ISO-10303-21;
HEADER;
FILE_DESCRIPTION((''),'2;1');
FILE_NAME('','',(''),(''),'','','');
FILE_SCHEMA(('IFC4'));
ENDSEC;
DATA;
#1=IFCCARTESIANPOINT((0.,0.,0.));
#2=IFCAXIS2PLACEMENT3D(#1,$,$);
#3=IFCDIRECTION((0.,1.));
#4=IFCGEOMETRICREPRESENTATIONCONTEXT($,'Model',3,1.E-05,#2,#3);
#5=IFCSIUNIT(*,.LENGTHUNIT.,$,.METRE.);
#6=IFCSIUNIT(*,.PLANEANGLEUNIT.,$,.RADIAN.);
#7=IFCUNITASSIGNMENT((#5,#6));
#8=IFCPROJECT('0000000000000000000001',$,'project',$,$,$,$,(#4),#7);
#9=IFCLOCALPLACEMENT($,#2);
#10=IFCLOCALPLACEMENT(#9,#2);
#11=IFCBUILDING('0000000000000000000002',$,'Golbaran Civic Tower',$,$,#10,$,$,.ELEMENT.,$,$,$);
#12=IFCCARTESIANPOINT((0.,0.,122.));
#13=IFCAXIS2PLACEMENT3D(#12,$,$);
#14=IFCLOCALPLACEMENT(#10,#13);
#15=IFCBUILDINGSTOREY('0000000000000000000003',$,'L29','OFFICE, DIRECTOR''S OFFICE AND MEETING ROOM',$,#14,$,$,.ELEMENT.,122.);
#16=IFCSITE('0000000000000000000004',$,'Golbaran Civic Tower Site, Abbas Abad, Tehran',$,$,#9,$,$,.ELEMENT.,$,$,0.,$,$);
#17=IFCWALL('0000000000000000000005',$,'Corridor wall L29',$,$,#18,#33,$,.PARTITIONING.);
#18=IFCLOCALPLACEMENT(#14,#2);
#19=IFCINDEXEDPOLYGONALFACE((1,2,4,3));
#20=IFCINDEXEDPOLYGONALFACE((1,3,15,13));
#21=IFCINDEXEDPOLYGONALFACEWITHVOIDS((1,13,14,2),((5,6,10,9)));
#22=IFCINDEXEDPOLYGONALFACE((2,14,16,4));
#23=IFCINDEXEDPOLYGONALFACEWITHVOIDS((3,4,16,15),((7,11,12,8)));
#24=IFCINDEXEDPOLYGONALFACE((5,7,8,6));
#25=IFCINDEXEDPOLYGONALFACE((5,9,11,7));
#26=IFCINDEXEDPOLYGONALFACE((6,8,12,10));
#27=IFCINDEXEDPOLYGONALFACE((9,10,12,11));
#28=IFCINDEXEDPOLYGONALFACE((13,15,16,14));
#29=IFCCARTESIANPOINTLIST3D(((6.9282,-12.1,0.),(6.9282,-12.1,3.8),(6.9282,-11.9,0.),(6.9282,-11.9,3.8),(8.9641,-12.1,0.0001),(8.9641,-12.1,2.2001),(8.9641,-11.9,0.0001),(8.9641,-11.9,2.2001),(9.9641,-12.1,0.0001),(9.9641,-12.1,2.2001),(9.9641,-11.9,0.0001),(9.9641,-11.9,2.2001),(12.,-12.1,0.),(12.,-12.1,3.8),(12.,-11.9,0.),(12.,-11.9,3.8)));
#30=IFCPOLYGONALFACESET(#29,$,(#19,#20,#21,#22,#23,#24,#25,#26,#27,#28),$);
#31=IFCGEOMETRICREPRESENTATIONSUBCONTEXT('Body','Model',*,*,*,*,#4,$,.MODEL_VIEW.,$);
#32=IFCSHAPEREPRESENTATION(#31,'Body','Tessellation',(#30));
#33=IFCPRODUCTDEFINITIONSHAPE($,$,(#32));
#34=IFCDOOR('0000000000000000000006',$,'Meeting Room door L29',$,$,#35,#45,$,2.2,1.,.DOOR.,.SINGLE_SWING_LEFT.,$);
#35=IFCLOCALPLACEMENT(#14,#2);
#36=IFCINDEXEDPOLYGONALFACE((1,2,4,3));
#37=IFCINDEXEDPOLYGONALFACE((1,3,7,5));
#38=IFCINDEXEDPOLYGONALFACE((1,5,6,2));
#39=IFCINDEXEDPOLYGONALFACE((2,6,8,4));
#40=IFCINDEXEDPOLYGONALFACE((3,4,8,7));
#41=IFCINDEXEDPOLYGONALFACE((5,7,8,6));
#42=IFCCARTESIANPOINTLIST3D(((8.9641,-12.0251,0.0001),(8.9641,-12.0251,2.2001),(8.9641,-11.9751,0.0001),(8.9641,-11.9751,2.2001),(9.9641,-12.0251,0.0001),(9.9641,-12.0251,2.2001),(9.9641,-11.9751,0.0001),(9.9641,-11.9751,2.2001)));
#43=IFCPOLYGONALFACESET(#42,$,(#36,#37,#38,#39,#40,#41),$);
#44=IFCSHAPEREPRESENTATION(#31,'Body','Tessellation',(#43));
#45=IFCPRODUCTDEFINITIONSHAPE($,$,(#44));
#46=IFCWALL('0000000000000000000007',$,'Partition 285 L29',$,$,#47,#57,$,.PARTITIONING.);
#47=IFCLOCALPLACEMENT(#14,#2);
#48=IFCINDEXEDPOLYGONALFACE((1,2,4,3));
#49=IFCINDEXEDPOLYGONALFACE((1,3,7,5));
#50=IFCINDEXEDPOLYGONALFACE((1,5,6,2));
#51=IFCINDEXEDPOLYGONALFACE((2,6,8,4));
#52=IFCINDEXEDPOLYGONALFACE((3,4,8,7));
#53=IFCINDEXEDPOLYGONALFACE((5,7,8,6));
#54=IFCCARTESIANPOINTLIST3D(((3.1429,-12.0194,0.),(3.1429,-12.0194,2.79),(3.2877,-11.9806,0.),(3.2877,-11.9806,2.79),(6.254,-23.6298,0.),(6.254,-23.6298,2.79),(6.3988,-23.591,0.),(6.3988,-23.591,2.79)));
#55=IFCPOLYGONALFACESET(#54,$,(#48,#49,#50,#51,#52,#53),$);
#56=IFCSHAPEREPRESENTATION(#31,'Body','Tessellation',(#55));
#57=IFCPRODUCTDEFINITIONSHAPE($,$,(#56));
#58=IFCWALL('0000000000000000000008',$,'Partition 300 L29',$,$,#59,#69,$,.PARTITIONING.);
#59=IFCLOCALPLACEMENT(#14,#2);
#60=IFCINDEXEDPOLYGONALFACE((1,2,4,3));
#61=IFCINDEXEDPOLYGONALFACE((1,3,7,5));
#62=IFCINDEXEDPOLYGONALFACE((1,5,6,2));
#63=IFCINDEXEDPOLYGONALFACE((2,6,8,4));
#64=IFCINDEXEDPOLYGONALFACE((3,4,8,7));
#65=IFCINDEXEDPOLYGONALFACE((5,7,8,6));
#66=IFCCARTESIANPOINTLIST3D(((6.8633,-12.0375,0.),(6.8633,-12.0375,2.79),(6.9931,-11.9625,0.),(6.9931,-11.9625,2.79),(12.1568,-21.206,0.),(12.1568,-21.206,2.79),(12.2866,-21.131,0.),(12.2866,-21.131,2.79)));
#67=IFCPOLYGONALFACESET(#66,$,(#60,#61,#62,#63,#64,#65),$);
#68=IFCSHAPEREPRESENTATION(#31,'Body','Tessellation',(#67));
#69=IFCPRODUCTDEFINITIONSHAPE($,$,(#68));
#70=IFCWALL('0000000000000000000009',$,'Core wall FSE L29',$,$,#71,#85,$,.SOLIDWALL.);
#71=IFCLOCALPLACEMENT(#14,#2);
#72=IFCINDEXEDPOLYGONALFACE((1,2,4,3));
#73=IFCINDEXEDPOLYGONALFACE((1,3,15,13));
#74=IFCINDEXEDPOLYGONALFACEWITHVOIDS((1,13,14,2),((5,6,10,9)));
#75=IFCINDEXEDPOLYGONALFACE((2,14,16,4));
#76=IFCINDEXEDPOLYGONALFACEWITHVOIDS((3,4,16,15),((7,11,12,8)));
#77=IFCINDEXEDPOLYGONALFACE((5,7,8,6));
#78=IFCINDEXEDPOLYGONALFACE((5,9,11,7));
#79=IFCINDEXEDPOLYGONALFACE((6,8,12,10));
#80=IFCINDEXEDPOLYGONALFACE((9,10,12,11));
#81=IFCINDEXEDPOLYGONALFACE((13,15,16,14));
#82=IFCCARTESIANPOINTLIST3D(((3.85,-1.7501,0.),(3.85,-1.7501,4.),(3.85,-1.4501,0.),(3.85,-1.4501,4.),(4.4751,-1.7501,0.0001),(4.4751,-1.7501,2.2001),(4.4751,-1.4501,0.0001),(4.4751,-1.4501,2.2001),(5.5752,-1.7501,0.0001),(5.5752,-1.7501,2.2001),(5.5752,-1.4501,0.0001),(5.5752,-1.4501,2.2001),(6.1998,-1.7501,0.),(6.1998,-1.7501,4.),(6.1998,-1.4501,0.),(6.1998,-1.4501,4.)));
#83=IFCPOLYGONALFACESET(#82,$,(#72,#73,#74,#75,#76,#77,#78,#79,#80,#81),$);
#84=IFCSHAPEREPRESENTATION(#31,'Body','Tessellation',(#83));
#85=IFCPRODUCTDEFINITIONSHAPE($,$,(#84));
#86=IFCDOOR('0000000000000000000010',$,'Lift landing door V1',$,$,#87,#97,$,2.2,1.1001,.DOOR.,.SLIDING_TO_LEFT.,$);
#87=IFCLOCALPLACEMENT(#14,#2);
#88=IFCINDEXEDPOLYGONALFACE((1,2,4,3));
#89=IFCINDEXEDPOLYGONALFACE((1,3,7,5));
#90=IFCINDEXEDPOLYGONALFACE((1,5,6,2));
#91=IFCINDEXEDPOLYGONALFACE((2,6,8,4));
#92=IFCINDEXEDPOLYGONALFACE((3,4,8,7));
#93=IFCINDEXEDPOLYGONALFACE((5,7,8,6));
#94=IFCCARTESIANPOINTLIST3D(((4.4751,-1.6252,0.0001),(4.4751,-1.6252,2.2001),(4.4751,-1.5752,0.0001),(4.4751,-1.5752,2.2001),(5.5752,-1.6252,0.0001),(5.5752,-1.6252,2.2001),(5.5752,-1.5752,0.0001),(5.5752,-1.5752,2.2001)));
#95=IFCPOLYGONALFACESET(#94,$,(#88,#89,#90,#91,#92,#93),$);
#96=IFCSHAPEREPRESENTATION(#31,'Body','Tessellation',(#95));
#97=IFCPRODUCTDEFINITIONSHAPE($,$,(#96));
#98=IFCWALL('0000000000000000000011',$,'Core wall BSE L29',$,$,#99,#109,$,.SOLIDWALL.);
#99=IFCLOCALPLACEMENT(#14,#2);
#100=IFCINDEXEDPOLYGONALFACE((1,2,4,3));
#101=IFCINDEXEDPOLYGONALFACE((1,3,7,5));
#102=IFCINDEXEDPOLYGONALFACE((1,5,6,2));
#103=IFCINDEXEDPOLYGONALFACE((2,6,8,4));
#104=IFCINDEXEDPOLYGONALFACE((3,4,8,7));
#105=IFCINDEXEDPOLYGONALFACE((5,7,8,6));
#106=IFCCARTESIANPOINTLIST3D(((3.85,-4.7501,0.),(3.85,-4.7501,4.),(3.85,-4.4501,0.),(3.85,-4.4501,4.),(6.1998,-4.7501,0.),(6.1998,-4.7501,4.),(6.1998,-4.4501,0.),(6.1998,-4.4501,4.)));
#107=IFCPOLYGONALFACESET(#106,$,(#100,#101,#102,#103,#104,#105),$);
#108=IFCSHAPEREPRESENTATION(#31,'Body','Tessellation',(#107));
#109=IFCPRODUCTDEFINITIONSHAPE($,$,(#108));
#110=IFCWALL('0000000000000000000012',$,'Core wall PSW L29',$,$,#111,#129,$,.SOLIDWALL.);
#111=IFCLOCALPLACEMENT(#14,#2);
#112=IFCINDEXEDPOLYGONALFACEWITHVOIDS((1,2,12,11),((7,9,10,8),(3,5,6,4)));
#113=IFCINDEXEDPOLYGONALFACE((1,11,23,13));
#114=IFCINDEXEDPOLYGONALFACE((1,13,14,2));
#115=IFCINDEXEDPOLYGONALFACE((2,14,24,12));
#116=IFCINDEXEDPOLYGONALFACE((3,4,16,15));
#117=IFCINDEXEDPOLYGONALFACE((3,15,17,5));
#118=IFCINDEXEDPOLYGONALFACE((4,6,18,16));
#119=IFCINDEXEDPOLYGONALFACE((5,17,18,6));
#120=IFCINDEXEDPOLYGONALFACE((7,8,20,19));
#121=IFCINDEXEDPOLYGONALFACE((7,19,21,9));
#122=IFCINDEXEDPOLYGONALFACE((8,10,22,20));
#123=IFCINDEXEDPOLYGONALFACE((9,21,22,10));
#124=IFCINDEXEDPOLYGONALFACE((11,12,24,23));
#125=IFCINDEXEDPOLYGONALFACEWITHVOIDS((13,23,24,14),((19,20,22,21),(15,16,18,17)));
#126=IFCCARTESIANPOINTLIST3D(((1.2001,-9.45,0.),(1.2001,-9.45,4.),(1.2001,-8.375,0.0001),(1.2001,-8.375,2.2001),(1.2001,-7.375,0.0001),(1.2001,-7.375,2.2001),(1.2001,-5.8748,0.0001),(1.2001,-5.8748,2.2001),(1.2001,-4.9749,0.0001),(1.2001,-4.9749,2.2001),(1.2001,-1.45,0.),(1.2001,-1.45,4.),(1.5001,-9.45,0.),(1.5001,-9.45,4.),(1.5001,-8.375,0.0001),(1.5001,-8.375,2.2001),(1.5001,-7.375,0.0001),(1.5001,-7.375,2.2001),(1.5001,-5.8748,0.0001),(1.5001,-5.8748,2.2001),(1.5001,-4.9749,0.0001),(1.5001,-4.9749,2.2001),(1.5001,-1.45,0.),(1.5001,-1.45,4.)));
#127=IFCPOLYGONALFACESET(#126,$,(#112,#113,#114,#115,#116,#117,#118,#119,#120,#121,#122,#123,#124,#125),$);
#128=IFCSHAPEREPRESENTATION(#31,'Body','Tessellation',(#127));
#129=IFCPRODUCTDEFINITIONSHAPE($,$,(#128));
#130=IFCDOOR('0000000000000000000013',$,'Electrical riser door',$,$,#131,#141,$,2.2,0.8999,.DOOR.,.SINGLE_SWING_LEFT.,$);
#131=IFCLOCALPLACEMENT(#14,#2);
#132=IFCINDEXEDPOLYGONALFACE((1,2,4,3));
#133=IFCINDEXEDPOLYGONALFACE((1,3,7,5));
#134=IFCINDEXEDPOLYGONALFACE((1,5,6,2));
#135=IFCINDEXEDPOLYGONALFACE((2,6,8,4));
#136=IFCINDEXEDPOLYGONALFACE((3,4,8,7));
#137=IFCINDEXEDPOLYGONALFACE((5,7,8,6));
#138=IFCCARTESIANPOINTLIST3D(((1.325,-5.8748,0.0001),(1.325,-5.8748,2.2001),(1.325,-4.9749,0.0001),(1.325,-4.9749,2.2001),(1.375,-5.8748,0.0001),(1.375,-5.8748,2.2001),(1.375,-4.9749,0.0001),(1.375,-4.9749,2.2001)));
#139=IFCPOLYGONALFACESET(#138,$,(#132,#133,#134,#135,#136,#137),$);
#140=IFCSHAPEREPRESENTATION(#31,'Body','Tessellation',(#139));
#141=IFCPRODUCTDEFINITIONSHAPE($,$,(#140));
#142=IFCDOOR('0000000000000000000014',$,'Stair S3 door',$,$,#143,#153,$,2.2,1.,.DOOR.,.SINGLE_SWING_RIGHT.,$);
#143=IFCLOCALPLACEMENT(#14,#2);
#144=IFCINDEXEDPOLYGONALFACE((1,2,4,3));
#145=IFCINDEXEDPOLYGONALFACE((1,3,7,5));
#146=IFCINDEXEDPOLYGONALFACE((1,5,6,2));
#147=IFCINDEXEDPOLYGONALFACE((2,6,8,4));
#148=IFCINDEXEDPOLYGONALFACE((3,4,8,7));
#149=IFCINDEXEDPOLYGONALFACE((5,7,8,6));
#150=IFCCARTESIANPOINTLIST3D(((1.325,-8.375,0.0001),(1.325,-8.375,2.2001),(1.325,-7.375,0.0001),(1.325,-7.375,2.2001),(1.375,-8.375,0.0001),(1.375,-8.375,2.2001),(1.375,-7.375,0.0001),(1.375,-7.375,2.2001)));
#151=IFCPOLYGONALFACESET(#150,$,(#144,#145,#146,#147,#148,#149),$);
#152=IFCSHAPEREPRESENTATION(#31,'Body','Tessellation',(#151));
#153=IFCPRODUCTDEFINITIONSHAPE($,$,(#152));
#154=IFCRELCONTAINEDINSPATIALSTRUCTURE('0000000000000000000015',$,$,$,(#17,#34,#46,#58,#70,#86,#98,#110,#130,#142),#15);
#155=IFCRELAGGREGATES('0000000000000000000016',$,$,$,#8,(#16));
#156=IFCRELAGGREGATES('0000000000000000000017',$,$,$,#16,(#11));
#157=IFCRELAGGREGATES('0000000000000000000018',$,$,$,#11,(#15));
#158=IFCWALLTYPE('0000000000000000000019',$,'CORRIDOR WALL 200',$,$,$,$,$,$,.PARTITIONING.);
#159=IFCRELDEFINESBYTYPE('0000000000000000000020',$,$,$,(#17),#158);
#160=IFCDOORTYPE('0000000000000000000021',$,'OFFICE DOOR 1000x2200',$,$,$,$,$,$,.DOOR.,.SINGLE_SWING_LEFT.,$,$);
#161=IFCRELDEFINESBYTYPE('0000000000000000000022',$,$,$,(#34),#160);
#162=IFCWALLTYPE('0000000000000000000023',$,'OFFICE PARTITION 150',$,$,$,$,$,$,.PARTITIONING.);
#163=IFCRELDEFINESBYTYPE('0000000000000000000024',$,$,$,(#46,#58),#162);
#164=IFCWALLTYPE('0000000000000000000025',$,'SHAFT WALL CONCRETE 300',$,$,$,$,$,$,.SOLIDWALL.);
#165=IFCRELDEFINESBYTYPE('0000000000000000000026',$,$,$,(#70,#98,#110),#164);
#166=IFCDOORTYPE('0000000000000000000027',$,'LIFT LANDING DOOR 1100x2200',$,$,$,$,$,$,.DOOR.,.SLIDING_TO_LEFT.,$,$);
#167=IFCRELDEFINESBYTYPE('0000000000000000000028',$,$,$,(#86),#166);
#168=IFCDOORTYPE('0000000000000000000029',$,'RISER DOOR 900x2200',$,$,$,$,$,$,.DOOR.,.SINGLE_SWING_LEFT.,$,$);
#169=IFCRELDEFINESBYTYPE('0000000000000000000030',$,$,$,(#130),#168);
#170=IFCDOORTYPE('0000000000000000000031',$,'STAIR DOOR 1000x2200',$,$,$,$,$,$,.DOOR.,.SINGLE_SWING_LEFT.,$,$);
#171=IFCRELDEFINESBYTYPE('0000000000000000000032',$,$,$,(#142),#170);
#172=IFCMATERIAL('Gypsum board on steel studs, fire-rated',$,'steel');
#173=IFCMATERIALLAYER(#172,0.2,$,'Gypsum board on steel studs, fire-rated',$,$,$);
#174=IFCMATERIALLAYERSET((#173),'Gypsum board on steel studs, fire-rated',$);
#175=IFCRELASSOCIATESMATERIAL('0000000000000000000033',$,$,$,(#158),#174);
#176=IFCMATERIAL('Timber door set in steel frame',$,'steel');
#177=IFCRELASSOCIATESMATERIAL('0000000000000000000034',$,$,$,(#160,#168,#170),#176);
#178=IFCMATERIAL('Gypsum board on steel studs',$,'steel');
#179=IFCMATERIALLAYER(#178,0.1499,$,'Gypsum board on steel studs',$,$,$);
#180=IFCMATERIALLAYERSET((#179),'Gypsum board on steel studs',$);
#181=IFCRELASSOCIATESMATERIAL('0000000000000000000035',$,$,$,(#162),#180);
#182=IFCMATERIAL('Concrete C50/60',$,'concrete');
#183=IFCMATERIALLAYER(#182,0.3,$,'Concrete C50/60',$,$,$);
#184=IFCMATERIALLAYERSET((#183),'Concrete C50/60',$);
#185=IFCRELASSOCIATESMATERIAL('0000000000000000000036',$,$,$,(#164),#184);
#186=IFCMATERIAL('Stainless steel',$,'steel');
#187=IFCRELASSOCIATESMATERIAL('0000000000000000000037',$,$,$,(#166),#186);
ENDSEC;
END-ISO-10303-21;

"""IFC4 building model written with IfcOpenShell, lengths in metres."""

from ifc_helpers import new_model, si_unit, direction, frame, frame_2d, origin, place, context, subcontext, project, spatial, rectangle, extrude, material, layer, layer_set, type_object, element, fill, save


model = new_model("IFC4")

# Units and contexts
model_context = context("Model", 3, precision=1e-05, world=origin(), true_north=direction((0.0, 1.0)))
body_context = subcontext(model_context, "Body", "Model", "MODEL_VIEW")
ifc_project = project(units=[si_unit("LENGTHUNIT", "METRE"), si_unit("PLANEANGLEUNIT", "RADIAN")], contexts=[model_context])

# Site, building, storey
site_placement = place(None, origin())
site = spatial("IfcSite", under=ifc_project, at=site_placement, Name="Golbaran Civic Tower Site, Abbas Abad, Tehran", CompositionType="ELEMENT", RefElevation=0.0)
building_placement = place(site_placement, origin())
building = spatial("IfcBuilding", under=site, at=building_placement, Name="Golbaran Civic Tower", CompositionType="ELEMENT")
storey_placement = place(building_placement, frame((0.0, 0.0, 122.0)))
storey = spatial("IfcBuildingStorey", under=building, at=storey_placement, Name="L29", Description="OFFICE, DIRECTOR'S OFFICE AND MEETING ROOM", CompositionType="ELEMENT", Elevation=122.0)

# Shared definitions
ifc_material_1 = material(Name="Concrete C50/60", Category="concrete")

# Wall, opening, door
ifc_material_2 = material(Name="Gypsum board on steel studs, fire-rated", Category="steel")
ifc_layer_1 = layer(ifc_material_2, 0.2, Name="Gypsum board on steel studs, fire-rated")
ifc_layer_set_1 = layer_set([ifc_layer_1], Name="Gypsum board on steel studs, fire-rated")
wall_type_1 = type_object("IfcWallType", Name="CORRIDOR WALL 200", PredefinedType="PARTITIONING", material=ifc_layer_set_1)
ifc_material_3 = material(Name="Timber door set in steel frame", Category="steel")
door_type_1 = type_object("IfcDoorType", Name="OFFICE DOOR 1000x2200", OperationType="SINGLE_SWING_LEFT", PredefinedType="DOOR", material=ifc_material_3)
wall_1_placement = place(storey_placement, frame((6.9282, -12.0, 0.0), z_axis=(0.0, 0.0, 1.0), x_axis=(1.0, 0.0, 0.0)))
wall_1 = element("IfcWall", 1, at=wall_1_placement, inside=storey, type_object=wall_type_1, Name="Corridor wall L29", PredefinedType="PARTITIONING", context=body_context, shape_type="SweptSolid", body=[
    extrude(rectangle(XDim=5.0718, YDim=0.2, at=frame_2d((2.5359, 0.0))), origin(), (0.0, 0.0, 1.0), 3.8),
])
opening_1_placement = place(wall_1_placement, frame((2.0359, 0.0, 0.0)))
opening_1 = element("IfcOpeningElement", 2, at=opening_1_placement, cuts=wall_1, PredefinedType="OPENING", context=body_context, shape_type="SweptSolid", body=[
    extrude(rectangle(XDim=1.0, YDim=2.2, at=frame_2d((0.5, 1.1001))), frame((0.0, 0.1099, 0.0), z_axis=(0.0, -1.0, 0.0), x_axis=(1.0, 0.0, 0.0)), (0.0, 0.0, 1.0), 0.22),
])
door_1_placement = place(opening_1_placement, origin())
door_1 = element("IfcDoor", 3, at=door_1_placement, inside=storey, type_object=door_type_1, Name="Meeting Room door L29", OperationType="SINGLE_SWING_LEFT", OverallHeight=2.2, OverallWidth=1.0, PredefinedType="DOOR", context=body_context, shape_type="SweptSolid", body=[
    extrude(rectangle(XDim=1.0, YDim=2.2, at=frame_2d((0.5, 1.1001))), frame((0.0, 0.0249, 0.0), z_axis=(0.0, -1.0, 0.0), x_axis=(1.0, 0.0, 0.0)), (0.0, 0.0, 1.0), 0.05),
])
fill(opening_1, door_1)

# Walls
ifc_material_4 = material(Name="Gypsum board on steel studs", Category="steel")
ifc_layer_2 = layer(ifc_material_4, 0.1499, Name="Gypsum board on steel studs")
ifc_layer_set_2 = layer_set([ifc_layer_2], Name="Gypsum board on steel studs")
wall_type_2 = type_object("IfcWallType", Name="OFFICE PARTITION 150", PredefinedType="PARTITIONING", material=ifc_layer_set_2)
wall_2_placement = place(storey_placement, frame((3.2153, -12.0, 0.0), z_axis=(0.0, 0.0, 1.0), x_axis=(0.258827, -0.965924, 0.0)))
element("IfcWall", 4, at=wall_2_placement, inside=storey, type_object=wall_type_2, Name="Partition 285 L29", PredefinedType="PARTITIONING", context=body_context, shape_type="SweptSolid", body=[
    extrude(rectangle(XDim=12.02, YDim=0.1499, at=frame_2d((6.01, 0.0))), origin(), (0.0, 0.0, 1.0), 2.79),
])
wall_3_placement = place(storey_placement, frame((6.9282, -12.0, 0.0), z_axis=(0.0, 0.0, 1.0), x_axis=(0.500003, -0.866024, 0.0)))
element("IfcWall", 5, at=wall_3_placement, inside=storey, type_object=wall_type_2, Name="Partition 300 L29", PredefinedType="PARTITIONING", context=body_context, shape_type="SweptSolid", body=[
    extrude(rectangle(XDim=10.5869, YDim=0.1499, at=frame_2d((5.2935, 0.0))), origin(), (0.0, 0.0, 1.0), 2.79),
])

# Wall, opening, door
ifc_layer_3 = layer(ifc_material_1, 0.3, Name="Concrete C50/60")
ifc_layer_set_3 = layer_set([ifc_layer_3], Name="Concrete C50/60")
wall_type_3 = type_object("IfcWallType", Name="SHAFT WALL CONCRETE 300", PredefinedType="SOLIDWALL", material=ifc_layer_set_3)
wall_4_placement = place(storey_placement, frame((3.8501, -1.6001, 0.0), z_axis=(0.0, 0.0, 1.0), x_axis=(1.0, 0.0, 0.0)))
wall_4 = element("IfcWall", 6, at=wall_4_placement, inside=storey, type_object=wall_type_3, Name="Core wall FSE L29", PredefinedType="SOLIDWALL", context=body_context, shape_type="SweptSolid", body=[
    extrude(rectangle(XDim=2.3499, YDim=0.3, at=frame_2d((1.1748, 0.0))), origin(), (0.0, 0.0, 1.0), 4.0),
])
opening_2_placement = place(wall_4_placement, frame((0.625, 0.0, 0.0)))
opening_2 = element("IfcOpeningElement", 7, at=opening_2_placement, cuts=wall_4, PredefinedType="OPENING", context=body_context, shape_type="SweptSolid", body=[
    extrude(rectangle(XDim=1.1001, YDim=2.2, at=frame_2d((0.55, 1.1001))), frame((0.0, 0.1599, 0.0), z_axis=(0.0, -1.0, 0.0), x_axis=(1.0, 0.0, 0.0)), (0.0, 0.0, 1.0), 0.3201),
])
ifc_material_5 = material(Name="Stainless steel", Category="steel")
door_type_2 = type_object("IfcDoorType", Name="LIFT LANDING DOOR 1100x2200", OperationType="SLIDING_TO_LEFT", PredefinedType="DOOR", material=ifc_material_5)
door_2_placement = place(opening_2_placement, origin())
door_2 = element("IfcDoor", 8, at=door_2_placement, inside=storey, type_object=door_type_2, Name="Lift landing door V1", OperationType="SLIDING_TO_LEFT", OverallHeight=2.2, OverallWidth=1.1001, PredefinedType="DOOR", context=body_context, shape_type="SweptSolid", body=[
    extrude(rectangle(XDim=1.1001, YDim=2.2, at=frame_2d((0.55, 1.1001))), frame((0.0, 0.0249, 0.0), z_axis=(0.0, -1.0, 0.0), x_axis=(1.0, 0.0, 0.0)), (0.0, 0.0, 1.0), 0.05),
])
fill(opening_2, door_2)

# Wall
wall_5_placement = place(storey_placement, frame((3.8501, -4.6001, 0.0), z_axis=(0.0, 0.0, 1.0), x_axis=(1.0, 0.0, 0.0)))
element("IfcWall", 9, at=wall_5_placement, inside=storey, type_object=wall_type_3, Name="Core wall BSE L29", PredefinedType="SOLIDWALL", context=body_context, shape_type="SweptSolid", body=[
    extrude(rectangle(XDim=2.3499, YDim=0.3, at=frame_2d((1.1748, 0.0))), origin(), (0.0, 0.0, 1.0), 4.0),
])

# Wall, openings, doors
wall_6_placement = place(storey_placement, frame((1.3501, -1.45, 0.0), z_axis=(0.0, 0.0, 1.0), x_axis=(0.0, -1.0, 0.0)))
wall_6 = element("IfcWall", 10, at=wall_6_placement, inside=storey, type_object=wall_type_3, Name="Core wall PSW L29", PredefinedType="SOLIDWALL", context=body_context, shape_type="SweptSolid", body=[
    extrude(rectangle(XDim=8.0, YDim=0.3, at=frame_2d((4.0, 0.0))), origin(), (0.0, 0.0, 1.0), 4.0),
])
opening_3_placement = place(wall_6_placement, frame((5.925, 0.0, 0.0)))
opening_3 = element("IfcOpeningElement", 11, at=opening_3_placement, cuts=wall_6, PredefinedType="OPENING", context=body_context, shape_type="SweptSolid", body=[
    extrude(rectangle(XDim=1.0, YDim=2.2, at=frame_2d((0.5, 1.1001))), frame((0.0, 0.1599, 0.0), z_axis=(0.0, -1.0, 0.0), x_axis=(1.0, 0.0, 0.0)), (0.0, 0.0, 1.0), 0.3201),
])
opening_4_placement = place(wall_6_placement, frame((3.5249, 0.0, 0.0)))
opening_4 = element("IfcOpeningElement", 12, at=opening_4_placement, cuts=wall_6, PredefinedType="OPENING", context=body_context, shape_type="SweptSolid", body=[
    extrude(rectangle(XDim=0.8999, YDim=2.2, at=frame_2d((0.45, 1.1001))), frame((0.0, 0.1599, 0.0), z_axis=(0.0, -1.0, 0.0), x_axis=(1.0, 0.0, 0.0)), (0.0, 0.0, 1.0), 0.3201),
])
door_type_3 = type_object("IfcDoorType", Name="RISER DOOR 900x2200", OperationType="SINGLE_SWING_LEFT", PredefinedType="DOOR", material=ifc_material_3)
door_3_placement = place(opening_4_placement, origin())
door_3 = element("IfcDoor", 13, at=door_3_placement, inside=storey, type_object=door_type_3, Name="Electrical riser door", OperationType="SINGLE_SWING_LEFT", OverallHeight=2.2, OverallWidth=0.8999, PredefinedType="DOOR", context=body_context, shape_type="SweptSolid", body=[
    extrude(rectangle(XDim=0.8999, YDim=2.2, at=frame_2d((0.45, 1.1001))), frame((0.0, 0.0249, 0.0), z_axis=(0.0, -1.0, 0.0), x_axis=(1.0, 0.0, 0.0)), (0.0, 0.0, 1.0), 0.05),
])
fill(opening_4, door_3)
door_type_4 = type_object("IfcDoorType", Name="STAIR DOOR 1000x2200", OperationType="SINGLE_SWING_LEFT", PredefinedType="DOOR", material=ifc_material_3)
door_4_placement = place(opening_3_placement, origin())
door_4 = element("IfcDoor", 14, at=door_4_placement, inside=storey, type_object=door_type_4, Name="Stair S3 door", OperationType="SINGLE_SWING_RIGHT", OverallHeight=2.2, OverallWidth=1.0, PredefinedType="DOOR", context=body_context, shape_type="SweptSolid", body=[
    extrude(rectangle(XDim=1.0, YDim=2.2, at=frame_2d((0.5, 1.1001))), frame((0.0, 0.0249, 0.0), z_axis=(0.0, -1.0, 0.0), x_axis=(1.0, 0.0, 0.0)), (0.0, 0.0, 1.0), 0.05),
])
fill(opening_3, door_4)

save(model, "model.ifc")
